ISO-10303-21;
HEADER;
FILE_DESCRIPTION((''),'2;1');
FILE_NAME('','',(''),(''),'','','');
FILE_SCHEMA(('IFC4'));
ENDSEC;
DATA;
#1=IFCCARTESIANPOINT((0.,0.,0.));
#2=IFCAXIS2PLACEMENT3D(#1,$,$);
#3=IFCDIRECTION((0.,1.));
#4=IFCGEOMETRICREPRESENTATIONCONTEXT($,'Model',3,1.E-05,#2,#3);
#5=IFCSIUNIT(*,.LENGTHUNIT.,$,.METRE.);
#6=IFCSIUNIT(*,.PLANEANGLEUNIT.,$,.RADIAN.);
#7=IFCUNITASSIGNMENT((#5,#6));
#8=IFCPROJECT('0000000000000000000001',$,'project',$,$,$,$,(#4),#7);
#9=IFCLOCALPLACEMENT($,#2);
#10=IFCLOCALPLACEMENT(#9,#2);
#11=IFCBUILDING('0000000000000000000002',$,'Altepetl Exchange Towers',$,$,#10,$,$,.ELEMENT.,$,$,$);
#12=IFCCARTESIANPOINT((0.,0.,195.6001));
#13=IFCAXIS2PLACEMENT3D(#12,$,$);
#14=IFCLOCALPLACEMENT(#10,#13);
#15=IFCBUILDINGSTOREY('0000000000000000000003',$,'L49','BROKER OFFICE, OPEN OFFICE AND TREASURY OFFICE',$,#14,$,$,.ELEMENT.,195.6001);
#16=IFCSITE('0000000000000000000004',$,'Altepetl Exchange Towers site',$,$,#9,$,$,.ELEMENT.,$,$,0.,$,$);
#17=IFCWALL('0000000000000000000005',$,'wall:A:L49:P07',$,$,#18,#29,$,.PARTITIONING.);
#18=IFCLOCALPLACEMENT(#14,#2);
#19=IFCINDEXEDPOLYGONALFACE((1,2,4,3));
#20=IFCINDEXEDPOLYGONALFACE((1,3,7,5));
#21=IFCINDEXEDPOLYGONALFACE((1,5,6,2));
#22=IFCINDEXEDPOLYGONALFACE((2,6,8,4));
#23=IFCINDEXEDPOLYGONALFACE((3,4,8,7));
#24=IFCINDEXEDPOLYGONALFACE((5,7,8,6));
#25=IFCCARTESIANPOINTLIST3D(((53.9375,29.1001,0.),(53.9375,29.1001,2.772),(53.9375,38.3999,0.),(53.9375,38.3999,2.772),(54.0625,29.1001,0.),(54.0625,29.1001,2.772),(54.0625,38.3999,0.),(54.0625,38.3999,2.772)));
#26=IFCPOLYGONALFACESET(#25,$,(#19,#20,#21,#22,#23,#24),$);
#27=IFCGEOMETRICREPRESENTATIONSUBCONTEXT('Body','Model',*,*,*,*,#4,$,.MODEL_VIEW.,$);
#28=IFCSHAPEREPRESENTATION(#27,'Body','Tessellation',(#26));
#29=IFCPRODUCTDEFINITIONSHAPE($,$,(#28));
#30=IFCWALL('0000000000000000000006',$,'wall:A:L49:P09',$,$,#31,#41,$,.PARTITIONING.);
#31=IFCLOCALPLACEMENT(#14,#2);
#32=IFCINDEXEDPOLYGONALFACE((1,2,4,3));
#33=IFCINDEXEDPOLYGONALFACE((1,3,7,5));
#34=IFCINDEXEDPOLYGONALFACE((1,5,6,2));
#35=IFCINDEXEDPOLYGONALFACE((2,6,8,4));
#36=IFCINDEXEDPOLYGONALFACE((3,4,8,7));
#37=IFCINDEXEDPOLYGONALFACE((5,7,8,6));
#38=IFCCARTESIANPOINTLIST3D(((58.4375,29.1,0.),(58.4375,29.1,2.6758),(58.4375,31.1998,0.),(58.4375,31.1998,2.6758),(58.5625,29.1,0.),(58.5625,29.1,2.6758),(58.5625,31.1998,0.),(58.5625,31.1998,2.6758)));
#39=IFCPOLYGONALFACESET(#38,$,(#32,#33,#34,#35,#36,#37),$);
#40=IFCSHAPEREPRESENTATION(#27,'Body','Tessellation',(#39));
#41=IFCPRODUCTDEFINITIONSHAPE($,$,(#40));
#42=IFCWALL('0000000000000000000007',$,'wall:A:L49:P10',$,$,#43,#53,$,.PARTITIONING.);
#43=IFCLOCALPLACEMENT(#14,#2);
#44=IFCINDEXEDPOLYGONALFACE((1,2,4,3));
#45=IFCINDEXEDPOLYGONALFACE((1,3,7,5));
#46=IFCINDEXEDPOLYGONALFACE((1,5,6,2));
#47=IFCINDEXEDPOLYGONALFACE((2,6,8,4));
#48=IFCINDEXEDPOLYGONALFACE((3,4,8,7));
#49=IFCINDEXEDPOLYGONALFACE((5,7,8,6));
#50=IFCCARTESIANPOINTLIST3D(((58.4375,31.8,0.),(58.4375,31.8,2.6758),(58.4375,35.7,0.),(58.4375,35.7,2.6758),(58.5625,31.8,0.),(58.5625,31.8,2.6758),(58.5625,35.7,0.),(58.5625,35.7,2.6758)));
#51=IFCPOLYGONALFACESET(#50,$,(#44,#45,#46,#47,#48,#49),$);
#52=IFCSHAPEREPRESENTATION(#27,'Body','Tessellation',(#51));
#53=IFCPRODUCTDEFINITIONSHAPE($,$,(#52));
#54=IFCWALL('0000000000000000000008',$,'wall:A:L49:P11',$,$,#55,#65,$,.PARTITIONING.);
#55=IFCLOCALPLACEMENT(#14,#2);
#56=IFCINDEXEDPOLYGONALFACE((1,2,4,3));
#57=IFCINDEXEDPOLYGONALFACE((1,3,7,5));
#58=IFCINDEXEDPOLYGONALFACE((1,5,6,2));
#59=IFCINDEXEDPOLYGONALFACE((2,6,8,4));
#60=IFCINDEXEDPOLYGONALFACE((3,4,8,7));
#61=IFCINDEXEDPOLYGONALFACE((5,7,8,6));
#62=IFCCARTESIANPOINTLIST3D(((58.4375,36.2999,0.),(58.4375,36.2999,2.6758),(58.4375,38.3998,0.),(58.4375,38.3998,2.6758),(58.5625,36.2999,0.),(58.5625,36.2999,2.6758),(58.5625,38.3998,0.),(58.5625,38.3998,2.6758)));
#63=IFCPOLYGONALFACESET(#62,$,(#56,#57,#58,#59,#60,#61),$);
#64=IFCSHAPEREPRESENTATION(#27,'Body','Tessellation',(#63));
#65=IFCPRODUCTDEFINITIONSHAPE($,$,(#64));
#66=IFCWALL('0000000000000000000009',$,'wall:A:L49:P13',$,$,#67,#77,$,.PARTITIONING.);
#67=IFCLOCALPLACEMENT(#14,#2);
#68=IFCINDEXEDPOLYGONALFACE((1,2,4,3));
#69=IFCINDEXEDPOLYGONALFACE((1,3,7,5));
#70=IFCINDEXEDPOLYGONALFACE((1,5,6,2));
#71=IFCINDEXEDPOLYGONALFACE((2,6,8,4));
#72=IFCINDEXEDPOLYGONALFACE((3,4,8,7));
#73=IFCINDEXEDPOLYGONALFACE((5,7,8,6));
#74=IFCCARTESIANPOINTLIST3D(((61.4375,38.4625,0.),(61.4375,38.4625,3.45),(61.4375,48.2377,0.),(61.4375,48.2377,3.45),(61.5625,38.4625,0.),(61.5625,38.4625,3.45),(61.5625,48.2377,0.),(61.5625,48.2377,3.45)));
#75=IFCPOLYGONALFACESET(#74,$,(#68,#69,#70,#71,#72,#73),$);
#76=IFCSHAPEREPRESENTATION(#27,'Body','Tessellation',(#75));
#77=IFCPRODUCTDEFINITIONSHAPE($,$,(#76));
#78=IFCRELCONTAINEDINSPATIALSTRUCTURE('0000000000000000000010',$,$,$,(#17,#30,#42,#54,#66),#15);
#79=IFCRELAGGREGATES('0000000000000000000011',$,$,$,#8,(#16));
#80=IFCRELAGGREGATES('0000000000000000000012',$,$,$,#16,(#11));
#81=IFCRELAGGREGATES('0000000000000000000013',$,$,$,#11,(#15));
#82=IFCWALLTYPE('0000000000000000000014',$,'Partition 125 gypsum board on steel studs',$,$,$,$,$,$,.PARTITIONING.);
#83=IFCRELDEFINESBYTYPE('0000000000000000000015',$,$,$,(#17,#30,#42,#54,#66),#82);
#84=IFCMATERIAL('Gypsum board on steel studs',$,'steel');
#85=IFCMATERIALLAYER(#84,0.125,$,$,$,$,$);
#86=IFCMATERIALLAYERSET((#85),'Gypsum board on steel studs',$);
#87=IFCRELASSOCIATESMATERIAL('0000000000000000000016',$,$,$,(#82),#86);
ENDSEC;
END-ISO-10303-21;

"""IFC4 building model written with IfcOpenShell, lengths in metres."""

from ifc_helpers import new_model, si_unit, direction, frame, frame_2d, origin, place, context, subcontext, project, spatial, rectangle, extrude, material, layer, layer_set, type_object, element, save


model = new_model("IFC4")

# Units and contexts
model_context = context("Model", 3, precision=1e-05, world=origin(), true_north=direction((0.0, 1.0)))
body_context = subcontext(model_context, "Body", "Model", "MODEL_VIEW")
ifc_project = project(units=[si_unit("LENGTHUNIT", "METRE"), si_unit("PLANEANGLEUNIT", "RADIAN")], contexts=[model_context])

# Site, building, storey
site_placement = place(None, origin())
site = spatial("IfcSite", under=ifc_project, at=site_placement, Name="Altepetl Exchange Towers site", CompositionType="ELEMENT", RefElevation=0.0)
building_placement = place(site_placement, origin())
building = spatial("IfcBuilding", under=site, at=building_placement, Name="Altepetl Exchange Towers", CompositionType="ELEMENT")
storey_placement = place(building_placement, frame((0.0, 0.0, 195.6001)))
storey = spatial("IfcBuildingStorey", under=building, at=storey_placement, Name="L49", Description="BROKER OFFICE, OPEN OFFICE AND TREASURY OFFICE", CompositionType="ELEMENT", Elevation=195.6001)

# Walls
ifc_material_1 = material(Name="Gypsum board on steel studs", Category="steel")
ifc_layer_1 = layer(ifc_material_1, 0.125)
ifc_layer_set_1 = layer_set([ifc_layer_1], Name="Gypsum board on steel studs")
wall_type = type_object("IfcWallType", Name="Partition 125 gypsum board on steel studs", PredefinedType="PARTITIONING", material=ifc_layer_set_1)
wall_1_placement = place(storey_placement, frame((54.0, 29.1001, 0.0), z_axis=(0.0, 0.0, 1.0), x_axis=(0.0, 1.0, 0.0)))
element("IfcWall", 1, at=wall_1_placement, inside=storey, type_object=wall_type, Name="wall:A:L49:P07", PredefinedType="PARTITIONING", context=body_context, shape_type="SweptSolid", body=[
    extrude(rectangle(XDim=9.2998, YDim=0.125, at=frame_2d((4.6499, 0.0))), origin(), (0.0, 0.0, 1.0), 2.772),
])
wall_2_placement = place(storey_placement, frame((58.5, 29.1001, 0.0), z_axis=(0.0, 0.0, 1.0), x_axis=(0.0, 1.0, 0.0)))
element("IfcWall", 2, at=wall_2_placement, inside=storey, type_object=wall_type, Name="wall:A:L49:P09", PredefinedType="PARTITIONING", context=body_context, shape_type="SweptSolid", body=[
    extrude(rectangle(XDim=2.0999, YDim=0.125, at=frame_2d((1.0498, 0.0))), origin(), (0.0, 0.0, 1.0), 2.6758),
])
wall_3_placement = place(storey_placement, frame((58.5, 31.8, 0.0), z_axis=(0.0, 0.0, 1.0), x_axis=(0.0, 1.0, 0.0)))
element("IfcWall", 3, at=wall_3_placement, inside=storey, type_object=wall_type, Name="wall:A:L49:P10", PredefinedType="PARTITIONING", context=body_context, shape_type="SweptSolid", body=[
    extrude(rectangle(XDim=3.8999, YDim=0.125, at=frame_2d((1.95, 0.0))), origin(), (0.0, 0.0, 1.0), 2.6758),
])
wall_4_placement = place(storey_placement, frame((58.5, 36.3, 0.0), z_axis=(0.0, 0.0, 1.0), x_axis=(0.0, 1.0, 0.0)))
element("IfcWall", 4, at=wall_4_placement, inside=storey, type_object=wall_type, Name="wall:A:L49:P11", PredefinedType="PARTITIONING", context=body_context, shape_type="SweptSolid", body=[
    extrude(rectangle(XDim=2.0999, YDim=0.125, at=frame_2d((1.0498, 0.0))), origin(), (0.0, 0.0, 1.0), 2.6758),
])
wall_5_placement = place(storey_placement, frame((61.5, 38.4624, 0.0), z_axis=(0.0, 0.0, 1.0), x_axis=(0.0, 1.0, 0.0)))
element("IfcWall", 5, at=wall_5_placement, inside=storey, type_object=wall_type, Name="wall:A:L49:P13", PredefinedType="PARTITIONING", context=body_context, shape_type="SweptSolid", body=[
    extrude(rectangle(XDim=9.7751, YDim=0.125, at=frame_2d((4.8877, 0.0))), origin(), (0.0, 0.0, 1.0), 3.45),
])

save(model, "model.ifc")
